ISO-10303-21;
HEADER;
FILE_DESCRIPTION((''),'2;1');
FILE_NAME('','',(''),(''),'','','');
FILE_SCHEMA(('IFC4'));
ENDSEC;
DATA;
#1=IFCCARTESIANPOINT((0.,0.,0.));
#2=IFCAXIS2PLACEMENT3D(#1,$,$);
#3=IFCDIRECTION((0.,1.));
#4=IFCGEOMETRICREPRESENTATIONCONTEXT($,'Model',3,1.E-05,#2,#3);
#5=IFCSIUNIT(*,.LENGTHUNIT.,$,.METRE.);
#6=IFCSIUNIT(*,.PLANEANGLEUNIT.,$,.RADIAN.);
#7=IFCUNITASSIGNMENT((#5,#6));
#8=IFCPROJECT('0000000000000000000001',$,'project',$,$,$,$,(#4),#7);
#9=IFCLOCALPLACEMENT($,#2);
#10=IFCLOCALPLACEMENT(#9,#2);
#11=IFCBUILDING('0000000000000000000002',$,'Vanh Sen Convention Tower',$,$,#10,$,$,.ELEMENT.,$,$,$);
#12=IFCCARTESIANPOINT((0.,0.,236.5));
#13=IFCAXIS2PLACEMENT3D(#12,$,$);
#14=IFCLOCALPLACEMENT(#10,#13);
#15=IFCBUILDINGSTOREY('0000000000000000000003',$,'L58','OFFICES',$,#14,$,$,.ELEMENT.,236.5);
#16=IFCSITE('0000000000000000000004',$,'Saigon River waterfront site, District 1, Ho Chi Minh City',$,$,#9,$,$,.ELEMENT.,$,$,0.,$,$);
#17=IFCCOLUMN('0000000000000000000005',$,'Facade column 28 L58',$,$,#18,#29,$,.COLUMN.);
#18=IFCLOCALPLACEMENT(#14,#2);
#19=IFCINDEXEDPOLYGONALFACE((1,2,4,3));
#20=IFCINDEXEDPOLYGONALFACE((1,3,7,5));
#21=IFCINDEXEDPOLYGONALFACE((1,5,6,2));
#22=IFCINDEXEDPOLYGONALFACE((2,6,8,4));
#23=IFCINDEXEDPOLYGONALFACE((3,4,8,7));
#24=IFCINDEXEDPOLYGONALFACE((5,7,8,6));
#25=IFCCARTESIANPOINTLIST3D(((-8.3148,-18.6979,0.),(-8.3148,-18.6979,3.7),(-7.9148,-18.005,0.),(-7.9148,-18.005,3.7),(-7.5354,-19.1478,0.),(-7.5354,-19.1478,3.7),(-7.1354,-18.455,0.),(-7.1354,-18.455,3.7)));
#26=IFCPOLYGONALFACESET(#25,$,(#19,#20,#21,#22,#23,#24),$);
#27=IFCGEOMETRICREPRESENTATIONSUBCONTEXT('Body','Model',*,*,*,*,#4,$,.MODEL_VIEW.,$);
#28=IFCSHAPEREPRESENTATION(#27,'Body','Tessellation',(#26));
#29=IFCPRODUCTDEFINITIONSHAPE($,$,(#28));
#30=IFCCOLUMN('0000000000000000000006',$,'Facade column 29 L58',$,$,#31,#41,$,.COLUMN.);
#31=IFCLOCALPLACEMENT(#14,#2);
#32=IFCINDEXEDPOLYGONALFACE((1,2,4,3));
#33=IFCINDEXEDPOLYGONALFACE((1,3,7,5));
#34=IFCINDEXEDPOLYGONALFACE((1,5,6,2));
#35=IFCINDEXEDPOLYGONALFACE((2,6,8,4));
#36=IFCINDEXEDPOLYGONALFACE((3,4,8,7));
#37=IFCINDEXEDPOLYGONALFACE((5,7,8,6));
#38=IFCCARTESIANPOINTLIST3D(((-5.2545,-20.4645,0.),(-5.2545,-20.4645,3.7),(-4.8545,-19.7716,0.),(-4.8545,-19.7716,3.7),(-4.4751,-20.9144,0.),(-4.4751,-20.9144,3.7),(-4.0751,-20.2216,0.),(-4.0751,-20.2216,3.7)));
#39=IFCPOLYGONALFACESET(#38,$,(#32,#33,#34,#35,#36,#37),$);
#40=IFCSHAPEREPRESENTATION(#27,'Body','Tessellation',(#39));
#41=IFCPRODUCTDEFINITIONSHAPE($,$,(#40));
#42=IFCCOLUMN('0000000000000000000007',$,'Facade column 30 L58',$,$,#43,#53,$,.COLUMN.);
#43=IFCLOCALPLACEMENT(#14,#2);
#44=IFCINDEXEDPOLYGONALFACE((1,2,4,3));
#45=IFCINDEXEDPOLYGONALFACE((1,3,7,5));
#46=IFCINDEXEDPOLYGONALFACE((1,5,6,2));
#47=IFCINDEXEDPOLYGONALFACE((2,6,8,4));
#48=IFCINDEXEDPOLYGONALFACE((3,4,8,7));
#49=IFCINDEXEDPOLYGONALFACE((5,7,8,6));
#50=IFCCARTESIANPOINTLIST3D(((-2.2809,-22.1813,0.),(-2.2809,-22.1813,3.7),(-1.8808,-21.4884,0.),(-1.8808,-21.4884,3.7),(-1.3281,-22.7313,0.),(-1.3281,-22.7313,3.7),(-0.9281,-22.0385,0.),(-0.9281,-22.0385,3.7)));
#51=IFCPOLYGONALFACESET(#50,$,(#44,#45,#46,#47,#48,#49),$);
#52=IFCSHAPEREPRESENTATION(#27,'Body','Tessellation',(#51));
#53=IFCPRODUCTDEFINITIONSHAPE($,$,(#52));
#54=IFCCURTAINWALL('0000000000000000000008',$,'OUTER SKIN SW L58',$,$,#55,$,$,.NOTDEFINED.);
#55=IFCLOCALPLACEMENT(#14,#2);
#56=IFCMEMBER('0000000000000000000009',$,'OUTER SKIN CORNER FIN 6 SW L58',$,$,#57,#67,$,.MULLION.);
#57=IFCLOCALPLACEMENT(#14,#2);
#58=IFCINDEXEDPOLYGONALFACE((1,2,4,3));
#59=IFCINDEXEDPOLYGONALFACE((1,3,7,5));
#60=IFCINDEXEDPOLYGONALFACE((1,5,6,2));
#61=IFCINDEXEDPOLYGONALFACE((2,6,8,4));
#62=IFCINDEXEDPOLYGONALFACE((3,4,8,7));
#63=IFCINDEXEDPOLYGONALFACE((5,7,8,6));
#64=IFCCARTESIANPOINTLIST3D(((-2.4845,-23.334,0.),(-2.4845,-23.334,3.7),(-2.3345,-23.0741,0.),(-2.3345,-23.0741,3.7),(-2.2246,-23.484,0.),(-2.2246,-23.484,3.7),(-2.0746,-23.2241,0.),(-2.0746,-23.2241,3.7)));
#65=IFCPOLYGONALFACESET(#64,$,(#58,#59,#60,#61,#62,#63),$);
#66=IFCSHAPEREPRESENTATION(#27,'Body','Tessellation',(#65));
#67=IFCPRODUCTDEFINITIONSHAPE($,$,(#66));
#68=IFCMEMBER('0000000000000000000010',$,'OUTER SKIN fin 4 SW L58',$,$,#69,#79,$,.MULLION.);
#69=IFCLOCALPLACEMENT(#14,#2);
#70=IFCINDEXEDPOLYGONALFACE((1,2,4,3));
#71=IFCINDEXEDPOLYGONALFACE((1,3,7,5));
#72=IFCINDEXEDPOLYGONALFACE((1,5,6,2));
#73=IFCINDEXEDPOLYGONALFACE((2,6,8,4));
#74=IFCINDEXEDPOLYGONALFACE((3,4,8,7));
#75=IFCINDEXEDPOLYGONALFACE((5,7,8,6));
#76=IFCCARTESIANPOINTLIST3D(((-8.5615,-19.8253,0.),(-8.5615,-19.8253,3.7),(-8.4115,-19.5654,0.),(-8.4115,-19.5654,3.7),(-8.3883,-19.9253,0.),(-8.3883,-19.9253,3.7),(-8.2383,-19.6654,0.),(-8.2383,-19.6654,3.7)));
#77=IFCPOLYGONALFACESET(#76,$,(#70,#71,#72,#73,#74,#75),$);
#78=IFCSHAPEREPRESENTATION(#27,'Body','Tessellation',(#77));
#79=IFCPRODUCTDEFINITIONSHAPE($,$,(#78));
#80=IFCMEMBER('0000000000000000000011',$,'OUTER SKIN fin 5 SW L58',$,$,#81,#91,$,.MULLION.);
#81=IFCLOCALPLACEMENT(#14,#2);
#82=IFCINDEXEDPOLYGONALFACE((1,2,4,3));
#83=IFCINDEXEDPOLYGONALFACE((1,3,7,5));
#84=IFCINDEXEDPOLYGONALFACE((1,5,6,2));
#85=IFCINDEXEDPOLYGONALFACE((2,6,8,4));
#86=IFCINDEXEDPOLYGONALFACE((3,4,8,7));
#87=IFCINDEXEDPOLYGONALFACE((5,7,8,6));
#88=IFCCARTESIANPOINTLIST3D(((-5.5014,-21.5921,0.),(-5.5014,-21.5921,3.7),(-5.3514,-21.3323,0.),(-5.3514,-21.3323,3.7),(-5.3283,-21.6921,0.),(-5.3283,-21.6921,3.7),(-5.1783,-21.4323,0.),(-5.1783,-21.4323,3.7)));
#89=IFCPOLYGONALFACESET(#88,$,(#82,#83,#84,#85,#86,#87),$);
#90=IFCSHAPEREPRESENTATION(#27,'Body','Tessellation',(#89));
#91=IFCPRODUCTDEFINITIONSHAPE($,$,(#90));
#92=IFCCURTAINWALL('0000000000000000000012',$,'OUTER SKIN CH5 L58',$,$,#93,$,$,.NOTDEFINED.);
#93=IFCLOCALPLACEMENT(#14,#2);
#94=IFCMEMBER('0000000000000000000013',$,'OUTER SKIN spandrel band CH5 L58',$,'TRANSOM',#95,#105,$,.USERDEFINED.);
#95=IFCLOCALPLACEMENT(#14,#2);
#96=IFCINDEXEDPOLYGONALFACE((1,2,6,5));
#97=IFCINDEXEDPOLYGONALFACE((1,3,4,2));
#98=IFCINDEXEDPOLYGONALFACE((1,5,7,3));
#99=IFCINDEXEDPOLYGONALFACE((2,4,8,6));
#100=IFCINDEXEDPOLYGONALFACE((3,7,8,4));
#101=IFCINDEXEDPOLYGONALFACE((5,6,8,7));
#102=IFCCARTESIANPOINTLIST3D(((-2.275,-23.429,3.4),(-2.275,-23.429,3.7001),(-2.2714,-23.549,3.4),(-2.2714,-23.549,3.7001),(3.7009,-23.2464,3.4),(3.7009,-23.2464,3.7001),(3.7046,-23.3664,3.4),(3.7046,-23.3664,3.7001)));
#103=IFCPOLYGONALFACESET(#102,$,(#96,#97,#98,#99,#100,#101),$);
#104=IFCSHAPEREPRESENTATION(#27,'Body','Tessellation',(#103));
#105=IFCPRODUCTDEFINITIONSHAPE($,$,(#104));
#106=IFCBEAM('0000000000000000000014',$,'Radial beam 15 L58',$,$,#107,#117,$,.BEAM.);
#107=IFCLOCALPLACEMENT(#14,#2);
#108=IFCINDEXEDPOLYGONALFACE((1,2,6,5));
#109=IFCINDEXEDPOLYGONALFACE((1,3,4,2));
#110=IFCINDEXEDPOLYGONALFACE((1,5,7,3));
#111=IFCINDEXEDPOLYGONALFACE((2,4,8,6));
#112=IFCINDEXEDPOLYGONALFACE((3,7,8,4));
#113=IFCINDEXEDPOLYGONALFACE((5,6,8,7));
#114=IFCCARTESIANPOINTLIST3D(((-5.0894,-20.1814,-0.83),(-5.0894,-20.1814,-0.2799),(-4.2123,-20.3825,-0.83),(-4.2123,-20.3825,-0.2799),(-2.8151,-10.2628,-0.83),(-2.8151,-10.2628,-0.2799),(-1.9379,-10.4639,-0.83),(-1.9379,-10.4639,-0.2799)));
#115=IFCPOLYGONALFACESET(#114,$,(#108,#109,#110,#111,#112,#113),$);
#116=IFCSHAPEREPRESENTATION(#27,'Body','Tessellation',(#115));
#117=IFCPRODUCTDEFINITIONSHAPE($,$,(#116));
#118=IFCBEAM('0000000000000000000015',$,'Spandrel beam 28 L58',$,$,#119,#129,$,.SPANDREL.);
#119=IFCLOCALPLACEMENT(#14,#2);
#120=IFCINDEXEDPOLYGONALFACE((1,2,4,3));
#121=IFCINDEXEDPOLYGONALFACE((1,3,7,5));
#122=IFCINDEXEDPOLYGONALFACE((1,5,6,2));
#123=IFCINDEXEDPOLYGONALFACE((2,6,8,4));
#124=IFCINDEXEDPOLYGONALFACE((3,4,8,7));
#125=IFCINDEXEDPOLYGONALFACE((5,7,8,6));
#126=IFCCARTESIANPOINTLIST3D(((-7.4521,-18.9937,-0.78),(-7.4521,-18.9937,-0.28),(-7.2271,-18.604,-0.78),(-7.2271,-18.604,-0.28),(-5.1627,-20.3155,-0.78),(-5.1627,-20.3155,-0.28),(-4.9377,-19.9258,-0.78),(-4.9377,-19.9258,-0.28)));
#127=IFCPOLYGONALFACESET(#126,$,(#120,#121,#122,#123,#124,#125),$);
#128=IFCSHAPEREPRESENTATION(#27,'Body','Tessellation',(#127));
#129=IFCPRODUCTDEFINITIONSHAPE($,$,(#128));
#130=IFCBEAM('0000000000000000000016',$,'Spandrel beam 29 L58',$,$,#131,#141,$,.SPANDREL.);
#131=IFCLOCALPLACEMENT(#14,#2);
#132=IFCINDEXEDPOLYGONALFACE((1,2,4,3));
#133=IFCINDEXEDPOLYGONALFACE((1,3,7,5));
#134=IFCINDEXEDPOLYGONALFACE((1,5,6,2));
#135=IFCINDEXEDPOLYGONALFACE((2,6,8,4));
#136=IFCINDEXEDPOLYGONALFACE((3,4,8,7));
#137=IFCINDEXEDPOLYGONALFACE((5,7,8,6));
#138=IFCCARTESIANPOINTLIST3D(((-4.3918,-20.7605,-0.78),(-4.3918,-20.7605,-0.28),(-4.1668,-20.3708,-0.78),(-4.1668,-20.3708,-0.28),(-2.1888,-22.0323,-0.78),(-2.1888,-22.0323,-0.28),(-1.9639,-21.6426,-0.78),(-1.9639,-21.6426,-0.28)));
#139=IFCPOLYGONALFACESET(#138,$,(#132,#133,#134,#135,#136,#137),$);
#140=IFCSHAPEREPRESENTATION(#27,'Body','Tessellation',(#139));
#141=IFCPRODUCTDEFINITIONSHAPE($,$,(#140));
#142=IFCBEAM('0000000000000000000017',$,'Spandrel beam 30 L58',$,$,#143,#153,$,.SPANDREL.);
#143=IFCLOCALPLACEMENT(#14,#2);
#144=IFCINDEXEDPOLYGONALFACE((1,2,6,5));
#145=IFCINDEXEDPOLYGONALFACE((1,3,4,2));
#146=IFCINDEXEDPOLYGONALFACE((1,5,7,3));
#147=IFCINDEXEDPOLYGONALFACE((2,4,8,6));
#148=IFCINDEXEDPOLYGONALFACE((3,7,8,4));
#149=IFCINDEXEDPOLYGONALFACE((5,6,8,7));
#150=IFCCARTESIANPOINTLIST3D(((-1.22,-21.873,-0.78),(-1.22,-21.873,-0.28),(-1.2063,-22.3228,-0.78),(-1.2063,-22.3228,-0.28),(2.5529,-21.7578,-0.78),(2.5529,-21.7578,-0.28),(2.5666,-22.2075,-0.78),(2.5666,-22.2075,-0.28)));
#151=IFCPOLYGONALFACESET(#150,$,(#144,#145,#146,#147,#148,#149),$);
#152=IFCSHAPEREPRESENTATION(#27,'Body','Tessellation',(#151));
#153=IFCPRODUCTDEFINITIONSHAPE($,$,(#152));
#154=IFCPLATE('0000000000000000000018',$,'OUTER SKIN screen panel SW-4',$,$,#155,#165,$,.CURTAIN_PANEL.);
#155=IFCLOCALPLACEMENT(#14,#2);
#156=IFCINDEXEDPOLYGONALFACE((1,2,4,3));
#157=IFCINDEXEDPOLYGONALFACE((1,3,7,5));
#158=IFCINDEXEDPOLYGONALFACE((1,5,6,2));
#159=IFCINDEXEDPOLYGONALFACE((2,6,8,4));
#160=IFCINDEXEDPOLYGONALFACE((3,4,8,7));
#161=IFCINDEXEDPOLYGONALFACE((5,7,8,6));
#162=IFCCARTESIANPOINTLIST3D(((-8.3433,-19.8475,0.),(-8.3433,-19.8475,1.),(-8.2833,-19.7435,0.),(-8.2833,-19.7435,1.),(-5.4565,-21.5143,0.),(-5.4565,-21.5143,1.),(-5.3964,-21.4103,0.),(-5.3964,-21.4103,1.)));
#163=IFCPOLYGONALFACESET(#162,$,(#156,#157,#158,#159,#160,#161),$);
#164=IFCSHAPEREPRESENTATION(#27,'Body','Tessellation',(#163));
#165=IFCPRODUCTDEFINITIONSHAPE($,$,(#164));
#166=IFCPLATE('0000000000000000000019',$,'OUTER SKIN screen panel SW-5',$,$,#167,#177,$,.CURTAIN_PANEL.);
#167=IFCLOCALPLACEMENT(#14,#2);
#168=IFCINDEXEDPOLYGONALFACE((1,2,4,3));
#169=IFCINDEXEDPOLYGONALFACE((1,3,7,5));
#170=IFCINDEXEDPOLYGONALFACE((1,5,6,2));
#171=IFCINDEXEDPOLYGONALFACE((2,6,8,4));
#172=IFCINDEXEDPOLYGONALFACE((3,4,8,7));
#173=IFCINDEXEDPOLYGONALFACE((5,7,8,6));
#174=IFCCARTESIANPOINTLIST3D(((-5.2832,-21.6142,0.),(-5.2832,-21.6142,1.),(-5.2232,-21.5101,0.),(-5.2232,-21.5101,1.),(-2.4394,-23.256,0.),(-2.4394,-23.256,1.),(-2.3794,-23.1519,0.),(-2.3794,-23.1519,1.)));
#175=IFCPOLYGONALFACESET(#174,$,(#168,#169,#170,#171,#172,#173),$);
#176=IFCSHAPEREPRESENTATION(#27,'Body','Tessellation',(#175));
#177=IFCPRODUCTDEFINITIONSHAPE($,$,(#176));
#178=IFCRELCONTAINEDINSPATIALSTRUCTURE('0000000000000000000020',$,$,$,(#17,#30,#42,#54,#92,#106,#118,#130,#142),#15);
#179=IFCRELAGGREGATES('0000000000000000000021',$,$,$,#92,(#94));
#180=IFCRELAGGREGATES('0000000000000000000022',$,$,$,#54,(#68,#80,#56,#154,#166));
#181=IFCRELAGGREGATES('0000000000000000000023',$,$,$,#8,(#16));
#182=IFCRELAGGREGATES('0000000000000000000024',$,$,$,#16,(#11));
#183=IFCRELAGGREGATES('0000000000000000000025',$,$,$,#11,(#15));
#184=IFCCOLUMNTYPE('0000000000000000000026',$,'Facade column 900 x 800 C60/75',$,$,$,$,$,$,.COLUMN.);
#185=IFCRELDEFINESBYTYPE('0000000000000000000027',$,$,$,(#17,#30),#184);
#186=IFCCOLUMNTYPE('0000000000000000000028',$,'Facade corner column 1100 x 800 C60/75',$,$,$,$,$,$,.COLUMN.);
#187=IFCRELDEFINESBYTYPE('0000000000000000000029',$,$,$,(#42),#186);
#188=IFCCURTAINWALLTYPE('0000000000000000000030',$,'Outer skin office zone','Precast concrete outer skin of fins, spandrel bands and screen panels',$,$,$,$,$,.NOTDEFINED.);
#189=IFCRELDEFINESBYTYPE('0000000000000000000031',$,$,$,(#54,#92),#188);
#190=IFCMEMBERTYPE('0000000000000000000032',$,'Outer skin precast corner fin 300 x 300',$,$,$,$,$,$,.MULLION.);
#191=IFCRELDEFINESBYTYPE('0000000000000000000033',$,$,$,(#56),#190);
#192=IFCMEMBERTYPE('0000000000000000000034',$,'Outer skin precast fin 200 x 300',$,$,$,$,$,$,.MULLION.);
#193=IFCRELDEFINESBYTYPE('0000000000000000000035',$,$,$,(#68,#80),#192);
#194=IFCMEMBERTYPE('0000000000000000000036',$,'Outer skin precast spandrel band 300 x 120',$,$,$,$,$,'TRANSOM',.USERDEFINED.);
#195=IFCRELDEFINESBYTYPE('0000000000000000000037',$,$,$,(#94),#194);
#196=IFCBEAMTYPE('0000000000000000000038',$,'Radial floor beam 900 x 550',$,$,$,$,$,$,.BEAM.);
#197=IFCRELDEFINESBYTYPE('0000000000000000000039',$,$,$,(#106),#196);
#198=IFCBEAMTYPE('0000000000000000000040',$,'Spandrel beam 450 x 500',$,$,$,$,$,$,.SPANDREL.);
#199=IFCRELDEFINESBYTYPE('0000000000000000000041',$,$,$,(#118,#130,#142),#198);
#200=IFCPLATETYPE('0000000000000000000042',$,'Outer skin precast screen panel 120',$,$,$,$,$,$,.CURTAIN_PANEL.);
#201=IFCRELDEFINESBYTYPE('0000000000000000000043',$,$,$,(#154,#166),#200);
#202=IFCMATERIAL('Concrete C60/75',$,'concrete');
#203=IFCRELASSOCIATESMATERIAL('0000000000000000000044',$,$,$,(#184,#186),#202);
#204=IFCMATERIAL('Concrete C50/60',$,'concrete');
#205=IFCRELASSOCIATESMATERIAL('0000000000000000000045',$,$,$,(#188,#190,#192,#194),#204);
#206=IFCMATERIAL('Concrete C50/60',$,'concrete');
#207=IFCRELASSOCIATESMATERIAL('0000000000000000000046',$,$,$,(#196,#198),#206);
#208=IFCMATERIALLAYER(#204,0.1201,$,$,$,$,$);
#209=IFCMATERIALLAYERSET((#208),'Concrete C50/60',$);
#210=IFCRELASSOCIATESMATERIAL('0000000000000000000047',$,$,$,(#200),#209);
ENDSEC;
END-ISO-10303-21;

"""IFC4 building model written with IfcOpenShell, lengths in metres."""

from ifc_helpers import new_model, si_unit, direction, frame, origin, origin_2d, place, context, subcontext, project, spatial, rectangle, extrude, material, layer, layer_set, material_profile, profile_set, type_object, element, aggregate, save


model = new_model("IFC4")

# Units and contexts
model_context = context("Model", 3, precision=1e-05, world=origin(), true_north=direction((0.0, 1.0)))
body_context = subcontext(model_context, "Body", "Model", "MODEL_VIEW")
ifc_project = project(units=[si_unit("LENGTHUNIT", "METRE"), si_unit("PLANEANGLEUNIT", "RADIAN")], contexts=[model_context])

# Site, building, storey
site_placement = place(None, origin())
site = spatial("IfcSite", under=ifc_project, at=site_placement, Name="Saigon River waterfront site, District 1, Ho Chi Minh City", CompositionType="ELEMENT", RefElevation=0.0)
building_placement = place(site_placement, origin())
building = spatial("IfcBuilding", under=site, at=building_placement, Name="Vanh Sen Convention Tower", CompositionType="ELEMENT")
storey_placement = place(building_placement, frame((0.0, 0.0, 236.5)))
storey = spatial("IfcBuildingStorey", under=building, at=storey_placement, Name="L58", Description="OFFICES", CompositionType="ELEMENT", Elevation=236.5)

# Columns
ifc_material_1 = material(Name="Concrete C60/75", Category="concrete")
ifc_material_profile_1 = material_profile(ifc_material_1, rectangle(XDim=0.8999, YDim=0.8, at=origin_2d()), Name="RC 900X800")
ifc_profile_set_1 = profile_set([ifc_material_profile_1], Name="Concrete C60/75")
column_type_1 = type_object("IfcColumnType", Name="Facade column 900 x 800 C60/75", PredefinedType="COLUMN", material=ifc_profile_set_1)
for number, where, z_axis, x_axis, name in (
    (1, (-7.7251, -18.5764, 0.0), (0.0, 0.0, 1.0), (0.866025, -0.5, 0.0), "Facade column 28 L58"),
    (2, (-4.6648, -20.343, 0.0), (0.0, 0.0, 1.0), (0.866025, -0.5, 0.0), "Facade column 29 L58"),
):
    element("IfcColumn", number, at=place(storey_placement, frame(where, z_axis=z_axis, x_axis=x_axis)), inside=storey, type_object=column_type_1, Name=name, PredefinedType="COLUMN", context=body_context, shape_type="SweptSolid", body=[
        extrude(rectangle(XDim=0.8999, YDim=0.8, at=origin_2d()), origin(), (0.0, 0.0, 1.0), 3.7),
    ])
ifc_material_profile_2 = material_profile(ifc_material_1, rectangle(XDim=1.1001, YDim=0.8, at=origin_2d()), Name="RC 1100X800")
ifc_profile_set_2 = profile_set([ifc_material_profile_2], Name="Concrete C60/75")
column_type_2 = type_object("IfcColumnType", Name="Facade corner column 1100 x 800 C60/75", PredefinedType="COLUMN", material=ifc_profile_set_2)
column_placement = place(storey_placement, frame((-1.6045, -22.1099, 0.0), z_axis=(0.0, 0.0, 1.0), x_axis=(0.866025, -0.5, 0.0)))
element("IfcColumn", 3, at=column_placement, inside=storey, type_object=column_type_2, Name="Facade column 30 L58", PredefinedType="COLUMN", context=body_context, shape_type="SweptSolid", body=[
    extrude(rectangle(XDim=1.1001, YDim=0.8, at=origin_2d()), origin(), (0.0, 0.0, 1.0), 3.7),
])

# Curtain wall, members
ifc_material_2 = material(Name="Concrete C50/60", Category="concrete")
curtain_wall_type = type_object("IfcCurtainWallType", Name="Outer skin office zone", Description="Precast concrete outer skin of fins, spandrel bands and screen panels", PredefinedType="NOTDEFINED", material=ifc_material_2)
curtain_wall_1_placement = place(storey_placement, origin())
curtain_wall_1 = element("IfcCurtainWall", 4, at=curtain_wall_1_placement, inside=storey, type_object=curtain_wall_type, Name="OUTER SKIN SW L58", PredefinedType="NOTDEFINED")
ifc_material_profile_3 = material_profile(ifc_material_2, rectangle(XDim=0.3, YDim=0.3, at=origin_2d()), Name="Outer skin precast corner fin 300 x 300")
ifc_profile_set_3 = profile_set([ifc_material_profile_3], Name="Concrete C50/60")
member_type_1 = type_object("IfcMemberType", Name="Outer skin precast corner fin 300 x 300", PredefinedType="MULLION", material=ifc_profile_set_3)
member_1_placement = place(storey_placement, frame((-2.2795, -23.2791, 0.0), z_axis=(0.0, 0.0, 1.0), x_axis=(0.866025, -0.5, 0.0)))
member_1 = element("IfcMember", 5, at=member_1_placement, type_object=member_type_1, Name="OUTER SKIN CORNER FIN 6 SW L58", PredefinedType="MULLION", context=body_context, shape_type="SweptSolid", body=[
    extrude(rectangle(XDim=0.3, YDim=0.3, at=origin_2d()), origin(), (0.0, 0.0, 1.0), 3.7),
])
ifc_material_profile_4 = material_profile(ifc_material_2, rectangle(XDim=0.2, YDim=0.3, at=origin_2d()), Name="Outer skin precast fin 200 x 300")
ifc_profile_set_4 = profile_set([ifc_material_profile_4], Name="Concrete C50/60")
member_type_2 = type_object("IfcMemberType", Name="Outer skin precast fin 200 x 300", PredefinedType="MULLION", material=ifc_profile_set_4)
member_2_placement = place(storey_placement, frame((-8.3999, -19.7454, 0.0), z_axis=(0.0, 0.0, 1.0), x_axis=(0.866025, -0.5, 0.0)))
member_2 = element("IfcMember", 6, at=member_2_placement, type_object=member_type_2, Name="OUTER SKIN fin 4 SW L58", PredefinedType="MULLION", context=body_context, shape_type="SweptSolid", body=[
    extrude(rectangle(XDim=0.2, YDim=0.3, at=origin_2d()), origin(), (0.0, 0.0, 1.0), 3.7),
])
member_3_placement = place(storey_placement, frame((-5.3398, -21.5122, 0.0), z_axis=(0.0, 0.0, 1.0), x_axis=(0.866025, -0.5, 0.0)))
member_3 = element("IfcMember", 7, at=member_3_placement, type_object=member_type_2, Name="OUTER SKIN fin 5 SW L58", PredefinedType="MULLION", context=body_context, shape_type="SweptSolid", body=[
    extrude(rectangle(XDim=0.2, YDim=0.3, at=origin_2d()), origin(), (0.0, 0.0, 1.0), 3.7),
])

# Curtain wall, member
curtain_wall_2_placement = place(storey_placement, origin())
curtain_wall_2 = element("IfcCurtainWall", 8, at=curtain_wall_2_placement, inside=storey, type_object=curtain_wall_type, Name="OUTER SKIN CH5 L58", PredefinedType="NOTDEFINED")
ifc_material_profile_5 = material_profile(ifc_material_2, rectangle(XDim=0.1201, YDim=0.3, at=origin_2d()), Name="Outer skin precast spandrel band 300 x 120")
ifc_profile_set_5 = profile_set([ifc_material_profile_5], Name="Concrete C50/60")
member_type_3 = type_object("IfcMemberType", Name="Outer skin precast spandrel band 300 x 120", ElementType="TRANSOM", PredefinedType="USERDEFINED", material=ifc_profile_set_5)
member_4_placement = place(storey_placement, frame((-2.2732, -23.489, 3.55), z_axis=(0.999533, 0.030544, 0.0), x_axis=(-0.030544, 0.999533, 0.0)))
member_4 = element("IfcMember", 9, at=member_4_placement, type_object=member_type_3, Name="OUTER SKIN spandrel band CH5 L58", ObjectType="TRANSOM", PredefinedType="USERDEFINED", context=body_context, shape_type="SweptSolid", body=[
    extrude(rectangle(XDim=0.1201, YDim=0.3, at=origin_2d()), origin(), (0.0, 0.0, 1.0), 5.9788),
])
aggregate(curtain_wall_2, [member_4])

# Beams
ifc_material_3 = material(Name="Concrete C50/60", Category="concrete")
ifc_material_profile_6 = material_profile(ifc_material_3, rectangle(XDim=0.8999, YDim=0.55, at=origin_2d()), Name="RC 900X550")
ifc_profile_set_6 = profile_set([ifc_material_profile_6], Name="Concrete C50/60")
beam_type_1 = type_object("IfcBeamType", Name="Radial floor beam 900 x 550", PredefinedType="BEAM", material=ifc_profile_set_6)
beam_1_placement = place(storey_placement, frame((-4.6509, -20.282, -0.5549), z_axis=(0.223505, 0.974703, 0.0), x_axis=(-0.974703, 0.223505, 0.0)))
element("IfcBeam", 10, at=beam_1_placement, inside=storey, type_object=beam_type_1, Name="Radial beam 15 L58", PredefinedType="BEAM", context=body_context, shape_type="SweptSolid", body=[
    extrude(rectangle(XDim=0.8999, YDim=0.55, at=origin_2d()), origin(), (0.0, 0.0, 1.0), 10.176),
])
ifc_material_profile_7 = material_profile(ifc_material_3, rectangle(XDim=0.45, YDim=0.5, at=origin_2d()), Name="RC 450X500")
ifc_profile_set_7 = profile_set([ifc_material_profile_7], Name="Concrete C50/60")
beam_type_2 = type_object("IfcBeamType", Name="Spandrel beam 450 x 500", PredefinedType="SPANDREL", material=ifc_profile_set_7)
beam_2_placement = place(storey_placement, frame((-7.3396, -18.7988, -0.53), z_axis=(0.866018, -0.500013, 0.0), x_axis=(0.500013, 0.866018, 0.0)))
element("IfcBeam", 11, at=beam_2_placement, inside=storey, type_object=beam_type_2, Name="Spandrel beam 28 L58", PredefinedType="SPANDREL", context=body_context, shape_type="SweptSolid", body=[
    extrude(rectangle(XDim=0.45, YDim=0.5, at=origin_2d()), origin(), (0.0, 0.0, 1.0), 2.6436),
])
beam_3_placement = place(storey_placement, frame((-4.2793, -20.5657, -0.53), z_axis=(0.866043, -0.499969, 0.0), x_axis=(0.499969, 0.866043, 0.0)))
element("IfcBeam", 12, at=beam_3_placement, inside=storey, type_object=beam_type_2, Name="Spandrel beam 29 L58", PredefinedType="SPANDREL", context=body_context, shape_type="SweptSolid", body=[
    extrude(rectangle(XDim=0.45, YDim=0.5, at=origin_2d()), origin(), (0.0, 0.0, 1.0), 2.5437),
])
beam_4_placement = place(storey_placement, frame((-1.2131, -22.0979, -0.53), z_axis=(0.999534, 0.030528, 0.0), x_axis=(-0.030528, 0.999534, 0.0)))
element("IfcBeam", 13, at=beam_4_placement, inside=storey, type_object=beam_type_2, Name="Spandrel beam 30 L58", PredefinedType="SPANDREL", context=body_context, shape_type="SweptSolid", body=[
    extrude(rectangle(XDim=0.45, YDim=0.5, at=origin_2d()), origin(), (0.0, 0.0, 1.0), 3.7747),
])

# Plates
ifc_layer_1 = layer(ifc_material_2, 0.1201)
ifc_layer_set_1 = layer_set([ifc_layer_1], Name="Concrete C50/60")
plate_type = type_object("IfcPlateType", Name="Outer skin precast screen panel 120", PredefinedType="CURTAIN_PANEL", material=ifc_layer_set_1)
plate_1_placement = place(storey_placement, frame((-6.8699, -20.6289, 0.0), z_axis=(0.0, 0.0, 1.0), x_axis=(0.866026, -0.499998, 0.0)))
plate_1 = element("IfcPlate", 14, at=plate_1_placement, type_object=plate_type, Name="OUTER SKIN screen panel SW-4", PredefinedType="CURTAIN_PANEL", context=body_context, shape_type="SweptSolid", body=[
    extrude(rectangle(XDim=3.3335, YDim=0.1201, at=origin_2d()), origin(), (0.0, 0.0, 1.0), 1.0),
])
plate_2_placement = place(storey_placement, frame((-3.8313, -22.3831, 0.0), z_axis=(0.0, 0.0, 1.0), x_axis=(0.866033, -0.499986, 0.0)))
plate_2 = element("IfcPlate", 15, at=plate_2_placement, type_object=plate_type, Name="OUTER SKIN screen panel SW-5", PredefinedType="CURTAIN_PANEL", context=body_context, shape_type="SweptSolid", body=[
    extrude(rectangle(XDim=3.2837, YDim=0.1201, at=origin_2d()), origin(), (0.0, 0.0, 1.0), 1.0),
])
aggregate(curtain_wall_1, [member_2, member_3, member_1, plate_1, plate_2])

save(model, "model.ifc")
